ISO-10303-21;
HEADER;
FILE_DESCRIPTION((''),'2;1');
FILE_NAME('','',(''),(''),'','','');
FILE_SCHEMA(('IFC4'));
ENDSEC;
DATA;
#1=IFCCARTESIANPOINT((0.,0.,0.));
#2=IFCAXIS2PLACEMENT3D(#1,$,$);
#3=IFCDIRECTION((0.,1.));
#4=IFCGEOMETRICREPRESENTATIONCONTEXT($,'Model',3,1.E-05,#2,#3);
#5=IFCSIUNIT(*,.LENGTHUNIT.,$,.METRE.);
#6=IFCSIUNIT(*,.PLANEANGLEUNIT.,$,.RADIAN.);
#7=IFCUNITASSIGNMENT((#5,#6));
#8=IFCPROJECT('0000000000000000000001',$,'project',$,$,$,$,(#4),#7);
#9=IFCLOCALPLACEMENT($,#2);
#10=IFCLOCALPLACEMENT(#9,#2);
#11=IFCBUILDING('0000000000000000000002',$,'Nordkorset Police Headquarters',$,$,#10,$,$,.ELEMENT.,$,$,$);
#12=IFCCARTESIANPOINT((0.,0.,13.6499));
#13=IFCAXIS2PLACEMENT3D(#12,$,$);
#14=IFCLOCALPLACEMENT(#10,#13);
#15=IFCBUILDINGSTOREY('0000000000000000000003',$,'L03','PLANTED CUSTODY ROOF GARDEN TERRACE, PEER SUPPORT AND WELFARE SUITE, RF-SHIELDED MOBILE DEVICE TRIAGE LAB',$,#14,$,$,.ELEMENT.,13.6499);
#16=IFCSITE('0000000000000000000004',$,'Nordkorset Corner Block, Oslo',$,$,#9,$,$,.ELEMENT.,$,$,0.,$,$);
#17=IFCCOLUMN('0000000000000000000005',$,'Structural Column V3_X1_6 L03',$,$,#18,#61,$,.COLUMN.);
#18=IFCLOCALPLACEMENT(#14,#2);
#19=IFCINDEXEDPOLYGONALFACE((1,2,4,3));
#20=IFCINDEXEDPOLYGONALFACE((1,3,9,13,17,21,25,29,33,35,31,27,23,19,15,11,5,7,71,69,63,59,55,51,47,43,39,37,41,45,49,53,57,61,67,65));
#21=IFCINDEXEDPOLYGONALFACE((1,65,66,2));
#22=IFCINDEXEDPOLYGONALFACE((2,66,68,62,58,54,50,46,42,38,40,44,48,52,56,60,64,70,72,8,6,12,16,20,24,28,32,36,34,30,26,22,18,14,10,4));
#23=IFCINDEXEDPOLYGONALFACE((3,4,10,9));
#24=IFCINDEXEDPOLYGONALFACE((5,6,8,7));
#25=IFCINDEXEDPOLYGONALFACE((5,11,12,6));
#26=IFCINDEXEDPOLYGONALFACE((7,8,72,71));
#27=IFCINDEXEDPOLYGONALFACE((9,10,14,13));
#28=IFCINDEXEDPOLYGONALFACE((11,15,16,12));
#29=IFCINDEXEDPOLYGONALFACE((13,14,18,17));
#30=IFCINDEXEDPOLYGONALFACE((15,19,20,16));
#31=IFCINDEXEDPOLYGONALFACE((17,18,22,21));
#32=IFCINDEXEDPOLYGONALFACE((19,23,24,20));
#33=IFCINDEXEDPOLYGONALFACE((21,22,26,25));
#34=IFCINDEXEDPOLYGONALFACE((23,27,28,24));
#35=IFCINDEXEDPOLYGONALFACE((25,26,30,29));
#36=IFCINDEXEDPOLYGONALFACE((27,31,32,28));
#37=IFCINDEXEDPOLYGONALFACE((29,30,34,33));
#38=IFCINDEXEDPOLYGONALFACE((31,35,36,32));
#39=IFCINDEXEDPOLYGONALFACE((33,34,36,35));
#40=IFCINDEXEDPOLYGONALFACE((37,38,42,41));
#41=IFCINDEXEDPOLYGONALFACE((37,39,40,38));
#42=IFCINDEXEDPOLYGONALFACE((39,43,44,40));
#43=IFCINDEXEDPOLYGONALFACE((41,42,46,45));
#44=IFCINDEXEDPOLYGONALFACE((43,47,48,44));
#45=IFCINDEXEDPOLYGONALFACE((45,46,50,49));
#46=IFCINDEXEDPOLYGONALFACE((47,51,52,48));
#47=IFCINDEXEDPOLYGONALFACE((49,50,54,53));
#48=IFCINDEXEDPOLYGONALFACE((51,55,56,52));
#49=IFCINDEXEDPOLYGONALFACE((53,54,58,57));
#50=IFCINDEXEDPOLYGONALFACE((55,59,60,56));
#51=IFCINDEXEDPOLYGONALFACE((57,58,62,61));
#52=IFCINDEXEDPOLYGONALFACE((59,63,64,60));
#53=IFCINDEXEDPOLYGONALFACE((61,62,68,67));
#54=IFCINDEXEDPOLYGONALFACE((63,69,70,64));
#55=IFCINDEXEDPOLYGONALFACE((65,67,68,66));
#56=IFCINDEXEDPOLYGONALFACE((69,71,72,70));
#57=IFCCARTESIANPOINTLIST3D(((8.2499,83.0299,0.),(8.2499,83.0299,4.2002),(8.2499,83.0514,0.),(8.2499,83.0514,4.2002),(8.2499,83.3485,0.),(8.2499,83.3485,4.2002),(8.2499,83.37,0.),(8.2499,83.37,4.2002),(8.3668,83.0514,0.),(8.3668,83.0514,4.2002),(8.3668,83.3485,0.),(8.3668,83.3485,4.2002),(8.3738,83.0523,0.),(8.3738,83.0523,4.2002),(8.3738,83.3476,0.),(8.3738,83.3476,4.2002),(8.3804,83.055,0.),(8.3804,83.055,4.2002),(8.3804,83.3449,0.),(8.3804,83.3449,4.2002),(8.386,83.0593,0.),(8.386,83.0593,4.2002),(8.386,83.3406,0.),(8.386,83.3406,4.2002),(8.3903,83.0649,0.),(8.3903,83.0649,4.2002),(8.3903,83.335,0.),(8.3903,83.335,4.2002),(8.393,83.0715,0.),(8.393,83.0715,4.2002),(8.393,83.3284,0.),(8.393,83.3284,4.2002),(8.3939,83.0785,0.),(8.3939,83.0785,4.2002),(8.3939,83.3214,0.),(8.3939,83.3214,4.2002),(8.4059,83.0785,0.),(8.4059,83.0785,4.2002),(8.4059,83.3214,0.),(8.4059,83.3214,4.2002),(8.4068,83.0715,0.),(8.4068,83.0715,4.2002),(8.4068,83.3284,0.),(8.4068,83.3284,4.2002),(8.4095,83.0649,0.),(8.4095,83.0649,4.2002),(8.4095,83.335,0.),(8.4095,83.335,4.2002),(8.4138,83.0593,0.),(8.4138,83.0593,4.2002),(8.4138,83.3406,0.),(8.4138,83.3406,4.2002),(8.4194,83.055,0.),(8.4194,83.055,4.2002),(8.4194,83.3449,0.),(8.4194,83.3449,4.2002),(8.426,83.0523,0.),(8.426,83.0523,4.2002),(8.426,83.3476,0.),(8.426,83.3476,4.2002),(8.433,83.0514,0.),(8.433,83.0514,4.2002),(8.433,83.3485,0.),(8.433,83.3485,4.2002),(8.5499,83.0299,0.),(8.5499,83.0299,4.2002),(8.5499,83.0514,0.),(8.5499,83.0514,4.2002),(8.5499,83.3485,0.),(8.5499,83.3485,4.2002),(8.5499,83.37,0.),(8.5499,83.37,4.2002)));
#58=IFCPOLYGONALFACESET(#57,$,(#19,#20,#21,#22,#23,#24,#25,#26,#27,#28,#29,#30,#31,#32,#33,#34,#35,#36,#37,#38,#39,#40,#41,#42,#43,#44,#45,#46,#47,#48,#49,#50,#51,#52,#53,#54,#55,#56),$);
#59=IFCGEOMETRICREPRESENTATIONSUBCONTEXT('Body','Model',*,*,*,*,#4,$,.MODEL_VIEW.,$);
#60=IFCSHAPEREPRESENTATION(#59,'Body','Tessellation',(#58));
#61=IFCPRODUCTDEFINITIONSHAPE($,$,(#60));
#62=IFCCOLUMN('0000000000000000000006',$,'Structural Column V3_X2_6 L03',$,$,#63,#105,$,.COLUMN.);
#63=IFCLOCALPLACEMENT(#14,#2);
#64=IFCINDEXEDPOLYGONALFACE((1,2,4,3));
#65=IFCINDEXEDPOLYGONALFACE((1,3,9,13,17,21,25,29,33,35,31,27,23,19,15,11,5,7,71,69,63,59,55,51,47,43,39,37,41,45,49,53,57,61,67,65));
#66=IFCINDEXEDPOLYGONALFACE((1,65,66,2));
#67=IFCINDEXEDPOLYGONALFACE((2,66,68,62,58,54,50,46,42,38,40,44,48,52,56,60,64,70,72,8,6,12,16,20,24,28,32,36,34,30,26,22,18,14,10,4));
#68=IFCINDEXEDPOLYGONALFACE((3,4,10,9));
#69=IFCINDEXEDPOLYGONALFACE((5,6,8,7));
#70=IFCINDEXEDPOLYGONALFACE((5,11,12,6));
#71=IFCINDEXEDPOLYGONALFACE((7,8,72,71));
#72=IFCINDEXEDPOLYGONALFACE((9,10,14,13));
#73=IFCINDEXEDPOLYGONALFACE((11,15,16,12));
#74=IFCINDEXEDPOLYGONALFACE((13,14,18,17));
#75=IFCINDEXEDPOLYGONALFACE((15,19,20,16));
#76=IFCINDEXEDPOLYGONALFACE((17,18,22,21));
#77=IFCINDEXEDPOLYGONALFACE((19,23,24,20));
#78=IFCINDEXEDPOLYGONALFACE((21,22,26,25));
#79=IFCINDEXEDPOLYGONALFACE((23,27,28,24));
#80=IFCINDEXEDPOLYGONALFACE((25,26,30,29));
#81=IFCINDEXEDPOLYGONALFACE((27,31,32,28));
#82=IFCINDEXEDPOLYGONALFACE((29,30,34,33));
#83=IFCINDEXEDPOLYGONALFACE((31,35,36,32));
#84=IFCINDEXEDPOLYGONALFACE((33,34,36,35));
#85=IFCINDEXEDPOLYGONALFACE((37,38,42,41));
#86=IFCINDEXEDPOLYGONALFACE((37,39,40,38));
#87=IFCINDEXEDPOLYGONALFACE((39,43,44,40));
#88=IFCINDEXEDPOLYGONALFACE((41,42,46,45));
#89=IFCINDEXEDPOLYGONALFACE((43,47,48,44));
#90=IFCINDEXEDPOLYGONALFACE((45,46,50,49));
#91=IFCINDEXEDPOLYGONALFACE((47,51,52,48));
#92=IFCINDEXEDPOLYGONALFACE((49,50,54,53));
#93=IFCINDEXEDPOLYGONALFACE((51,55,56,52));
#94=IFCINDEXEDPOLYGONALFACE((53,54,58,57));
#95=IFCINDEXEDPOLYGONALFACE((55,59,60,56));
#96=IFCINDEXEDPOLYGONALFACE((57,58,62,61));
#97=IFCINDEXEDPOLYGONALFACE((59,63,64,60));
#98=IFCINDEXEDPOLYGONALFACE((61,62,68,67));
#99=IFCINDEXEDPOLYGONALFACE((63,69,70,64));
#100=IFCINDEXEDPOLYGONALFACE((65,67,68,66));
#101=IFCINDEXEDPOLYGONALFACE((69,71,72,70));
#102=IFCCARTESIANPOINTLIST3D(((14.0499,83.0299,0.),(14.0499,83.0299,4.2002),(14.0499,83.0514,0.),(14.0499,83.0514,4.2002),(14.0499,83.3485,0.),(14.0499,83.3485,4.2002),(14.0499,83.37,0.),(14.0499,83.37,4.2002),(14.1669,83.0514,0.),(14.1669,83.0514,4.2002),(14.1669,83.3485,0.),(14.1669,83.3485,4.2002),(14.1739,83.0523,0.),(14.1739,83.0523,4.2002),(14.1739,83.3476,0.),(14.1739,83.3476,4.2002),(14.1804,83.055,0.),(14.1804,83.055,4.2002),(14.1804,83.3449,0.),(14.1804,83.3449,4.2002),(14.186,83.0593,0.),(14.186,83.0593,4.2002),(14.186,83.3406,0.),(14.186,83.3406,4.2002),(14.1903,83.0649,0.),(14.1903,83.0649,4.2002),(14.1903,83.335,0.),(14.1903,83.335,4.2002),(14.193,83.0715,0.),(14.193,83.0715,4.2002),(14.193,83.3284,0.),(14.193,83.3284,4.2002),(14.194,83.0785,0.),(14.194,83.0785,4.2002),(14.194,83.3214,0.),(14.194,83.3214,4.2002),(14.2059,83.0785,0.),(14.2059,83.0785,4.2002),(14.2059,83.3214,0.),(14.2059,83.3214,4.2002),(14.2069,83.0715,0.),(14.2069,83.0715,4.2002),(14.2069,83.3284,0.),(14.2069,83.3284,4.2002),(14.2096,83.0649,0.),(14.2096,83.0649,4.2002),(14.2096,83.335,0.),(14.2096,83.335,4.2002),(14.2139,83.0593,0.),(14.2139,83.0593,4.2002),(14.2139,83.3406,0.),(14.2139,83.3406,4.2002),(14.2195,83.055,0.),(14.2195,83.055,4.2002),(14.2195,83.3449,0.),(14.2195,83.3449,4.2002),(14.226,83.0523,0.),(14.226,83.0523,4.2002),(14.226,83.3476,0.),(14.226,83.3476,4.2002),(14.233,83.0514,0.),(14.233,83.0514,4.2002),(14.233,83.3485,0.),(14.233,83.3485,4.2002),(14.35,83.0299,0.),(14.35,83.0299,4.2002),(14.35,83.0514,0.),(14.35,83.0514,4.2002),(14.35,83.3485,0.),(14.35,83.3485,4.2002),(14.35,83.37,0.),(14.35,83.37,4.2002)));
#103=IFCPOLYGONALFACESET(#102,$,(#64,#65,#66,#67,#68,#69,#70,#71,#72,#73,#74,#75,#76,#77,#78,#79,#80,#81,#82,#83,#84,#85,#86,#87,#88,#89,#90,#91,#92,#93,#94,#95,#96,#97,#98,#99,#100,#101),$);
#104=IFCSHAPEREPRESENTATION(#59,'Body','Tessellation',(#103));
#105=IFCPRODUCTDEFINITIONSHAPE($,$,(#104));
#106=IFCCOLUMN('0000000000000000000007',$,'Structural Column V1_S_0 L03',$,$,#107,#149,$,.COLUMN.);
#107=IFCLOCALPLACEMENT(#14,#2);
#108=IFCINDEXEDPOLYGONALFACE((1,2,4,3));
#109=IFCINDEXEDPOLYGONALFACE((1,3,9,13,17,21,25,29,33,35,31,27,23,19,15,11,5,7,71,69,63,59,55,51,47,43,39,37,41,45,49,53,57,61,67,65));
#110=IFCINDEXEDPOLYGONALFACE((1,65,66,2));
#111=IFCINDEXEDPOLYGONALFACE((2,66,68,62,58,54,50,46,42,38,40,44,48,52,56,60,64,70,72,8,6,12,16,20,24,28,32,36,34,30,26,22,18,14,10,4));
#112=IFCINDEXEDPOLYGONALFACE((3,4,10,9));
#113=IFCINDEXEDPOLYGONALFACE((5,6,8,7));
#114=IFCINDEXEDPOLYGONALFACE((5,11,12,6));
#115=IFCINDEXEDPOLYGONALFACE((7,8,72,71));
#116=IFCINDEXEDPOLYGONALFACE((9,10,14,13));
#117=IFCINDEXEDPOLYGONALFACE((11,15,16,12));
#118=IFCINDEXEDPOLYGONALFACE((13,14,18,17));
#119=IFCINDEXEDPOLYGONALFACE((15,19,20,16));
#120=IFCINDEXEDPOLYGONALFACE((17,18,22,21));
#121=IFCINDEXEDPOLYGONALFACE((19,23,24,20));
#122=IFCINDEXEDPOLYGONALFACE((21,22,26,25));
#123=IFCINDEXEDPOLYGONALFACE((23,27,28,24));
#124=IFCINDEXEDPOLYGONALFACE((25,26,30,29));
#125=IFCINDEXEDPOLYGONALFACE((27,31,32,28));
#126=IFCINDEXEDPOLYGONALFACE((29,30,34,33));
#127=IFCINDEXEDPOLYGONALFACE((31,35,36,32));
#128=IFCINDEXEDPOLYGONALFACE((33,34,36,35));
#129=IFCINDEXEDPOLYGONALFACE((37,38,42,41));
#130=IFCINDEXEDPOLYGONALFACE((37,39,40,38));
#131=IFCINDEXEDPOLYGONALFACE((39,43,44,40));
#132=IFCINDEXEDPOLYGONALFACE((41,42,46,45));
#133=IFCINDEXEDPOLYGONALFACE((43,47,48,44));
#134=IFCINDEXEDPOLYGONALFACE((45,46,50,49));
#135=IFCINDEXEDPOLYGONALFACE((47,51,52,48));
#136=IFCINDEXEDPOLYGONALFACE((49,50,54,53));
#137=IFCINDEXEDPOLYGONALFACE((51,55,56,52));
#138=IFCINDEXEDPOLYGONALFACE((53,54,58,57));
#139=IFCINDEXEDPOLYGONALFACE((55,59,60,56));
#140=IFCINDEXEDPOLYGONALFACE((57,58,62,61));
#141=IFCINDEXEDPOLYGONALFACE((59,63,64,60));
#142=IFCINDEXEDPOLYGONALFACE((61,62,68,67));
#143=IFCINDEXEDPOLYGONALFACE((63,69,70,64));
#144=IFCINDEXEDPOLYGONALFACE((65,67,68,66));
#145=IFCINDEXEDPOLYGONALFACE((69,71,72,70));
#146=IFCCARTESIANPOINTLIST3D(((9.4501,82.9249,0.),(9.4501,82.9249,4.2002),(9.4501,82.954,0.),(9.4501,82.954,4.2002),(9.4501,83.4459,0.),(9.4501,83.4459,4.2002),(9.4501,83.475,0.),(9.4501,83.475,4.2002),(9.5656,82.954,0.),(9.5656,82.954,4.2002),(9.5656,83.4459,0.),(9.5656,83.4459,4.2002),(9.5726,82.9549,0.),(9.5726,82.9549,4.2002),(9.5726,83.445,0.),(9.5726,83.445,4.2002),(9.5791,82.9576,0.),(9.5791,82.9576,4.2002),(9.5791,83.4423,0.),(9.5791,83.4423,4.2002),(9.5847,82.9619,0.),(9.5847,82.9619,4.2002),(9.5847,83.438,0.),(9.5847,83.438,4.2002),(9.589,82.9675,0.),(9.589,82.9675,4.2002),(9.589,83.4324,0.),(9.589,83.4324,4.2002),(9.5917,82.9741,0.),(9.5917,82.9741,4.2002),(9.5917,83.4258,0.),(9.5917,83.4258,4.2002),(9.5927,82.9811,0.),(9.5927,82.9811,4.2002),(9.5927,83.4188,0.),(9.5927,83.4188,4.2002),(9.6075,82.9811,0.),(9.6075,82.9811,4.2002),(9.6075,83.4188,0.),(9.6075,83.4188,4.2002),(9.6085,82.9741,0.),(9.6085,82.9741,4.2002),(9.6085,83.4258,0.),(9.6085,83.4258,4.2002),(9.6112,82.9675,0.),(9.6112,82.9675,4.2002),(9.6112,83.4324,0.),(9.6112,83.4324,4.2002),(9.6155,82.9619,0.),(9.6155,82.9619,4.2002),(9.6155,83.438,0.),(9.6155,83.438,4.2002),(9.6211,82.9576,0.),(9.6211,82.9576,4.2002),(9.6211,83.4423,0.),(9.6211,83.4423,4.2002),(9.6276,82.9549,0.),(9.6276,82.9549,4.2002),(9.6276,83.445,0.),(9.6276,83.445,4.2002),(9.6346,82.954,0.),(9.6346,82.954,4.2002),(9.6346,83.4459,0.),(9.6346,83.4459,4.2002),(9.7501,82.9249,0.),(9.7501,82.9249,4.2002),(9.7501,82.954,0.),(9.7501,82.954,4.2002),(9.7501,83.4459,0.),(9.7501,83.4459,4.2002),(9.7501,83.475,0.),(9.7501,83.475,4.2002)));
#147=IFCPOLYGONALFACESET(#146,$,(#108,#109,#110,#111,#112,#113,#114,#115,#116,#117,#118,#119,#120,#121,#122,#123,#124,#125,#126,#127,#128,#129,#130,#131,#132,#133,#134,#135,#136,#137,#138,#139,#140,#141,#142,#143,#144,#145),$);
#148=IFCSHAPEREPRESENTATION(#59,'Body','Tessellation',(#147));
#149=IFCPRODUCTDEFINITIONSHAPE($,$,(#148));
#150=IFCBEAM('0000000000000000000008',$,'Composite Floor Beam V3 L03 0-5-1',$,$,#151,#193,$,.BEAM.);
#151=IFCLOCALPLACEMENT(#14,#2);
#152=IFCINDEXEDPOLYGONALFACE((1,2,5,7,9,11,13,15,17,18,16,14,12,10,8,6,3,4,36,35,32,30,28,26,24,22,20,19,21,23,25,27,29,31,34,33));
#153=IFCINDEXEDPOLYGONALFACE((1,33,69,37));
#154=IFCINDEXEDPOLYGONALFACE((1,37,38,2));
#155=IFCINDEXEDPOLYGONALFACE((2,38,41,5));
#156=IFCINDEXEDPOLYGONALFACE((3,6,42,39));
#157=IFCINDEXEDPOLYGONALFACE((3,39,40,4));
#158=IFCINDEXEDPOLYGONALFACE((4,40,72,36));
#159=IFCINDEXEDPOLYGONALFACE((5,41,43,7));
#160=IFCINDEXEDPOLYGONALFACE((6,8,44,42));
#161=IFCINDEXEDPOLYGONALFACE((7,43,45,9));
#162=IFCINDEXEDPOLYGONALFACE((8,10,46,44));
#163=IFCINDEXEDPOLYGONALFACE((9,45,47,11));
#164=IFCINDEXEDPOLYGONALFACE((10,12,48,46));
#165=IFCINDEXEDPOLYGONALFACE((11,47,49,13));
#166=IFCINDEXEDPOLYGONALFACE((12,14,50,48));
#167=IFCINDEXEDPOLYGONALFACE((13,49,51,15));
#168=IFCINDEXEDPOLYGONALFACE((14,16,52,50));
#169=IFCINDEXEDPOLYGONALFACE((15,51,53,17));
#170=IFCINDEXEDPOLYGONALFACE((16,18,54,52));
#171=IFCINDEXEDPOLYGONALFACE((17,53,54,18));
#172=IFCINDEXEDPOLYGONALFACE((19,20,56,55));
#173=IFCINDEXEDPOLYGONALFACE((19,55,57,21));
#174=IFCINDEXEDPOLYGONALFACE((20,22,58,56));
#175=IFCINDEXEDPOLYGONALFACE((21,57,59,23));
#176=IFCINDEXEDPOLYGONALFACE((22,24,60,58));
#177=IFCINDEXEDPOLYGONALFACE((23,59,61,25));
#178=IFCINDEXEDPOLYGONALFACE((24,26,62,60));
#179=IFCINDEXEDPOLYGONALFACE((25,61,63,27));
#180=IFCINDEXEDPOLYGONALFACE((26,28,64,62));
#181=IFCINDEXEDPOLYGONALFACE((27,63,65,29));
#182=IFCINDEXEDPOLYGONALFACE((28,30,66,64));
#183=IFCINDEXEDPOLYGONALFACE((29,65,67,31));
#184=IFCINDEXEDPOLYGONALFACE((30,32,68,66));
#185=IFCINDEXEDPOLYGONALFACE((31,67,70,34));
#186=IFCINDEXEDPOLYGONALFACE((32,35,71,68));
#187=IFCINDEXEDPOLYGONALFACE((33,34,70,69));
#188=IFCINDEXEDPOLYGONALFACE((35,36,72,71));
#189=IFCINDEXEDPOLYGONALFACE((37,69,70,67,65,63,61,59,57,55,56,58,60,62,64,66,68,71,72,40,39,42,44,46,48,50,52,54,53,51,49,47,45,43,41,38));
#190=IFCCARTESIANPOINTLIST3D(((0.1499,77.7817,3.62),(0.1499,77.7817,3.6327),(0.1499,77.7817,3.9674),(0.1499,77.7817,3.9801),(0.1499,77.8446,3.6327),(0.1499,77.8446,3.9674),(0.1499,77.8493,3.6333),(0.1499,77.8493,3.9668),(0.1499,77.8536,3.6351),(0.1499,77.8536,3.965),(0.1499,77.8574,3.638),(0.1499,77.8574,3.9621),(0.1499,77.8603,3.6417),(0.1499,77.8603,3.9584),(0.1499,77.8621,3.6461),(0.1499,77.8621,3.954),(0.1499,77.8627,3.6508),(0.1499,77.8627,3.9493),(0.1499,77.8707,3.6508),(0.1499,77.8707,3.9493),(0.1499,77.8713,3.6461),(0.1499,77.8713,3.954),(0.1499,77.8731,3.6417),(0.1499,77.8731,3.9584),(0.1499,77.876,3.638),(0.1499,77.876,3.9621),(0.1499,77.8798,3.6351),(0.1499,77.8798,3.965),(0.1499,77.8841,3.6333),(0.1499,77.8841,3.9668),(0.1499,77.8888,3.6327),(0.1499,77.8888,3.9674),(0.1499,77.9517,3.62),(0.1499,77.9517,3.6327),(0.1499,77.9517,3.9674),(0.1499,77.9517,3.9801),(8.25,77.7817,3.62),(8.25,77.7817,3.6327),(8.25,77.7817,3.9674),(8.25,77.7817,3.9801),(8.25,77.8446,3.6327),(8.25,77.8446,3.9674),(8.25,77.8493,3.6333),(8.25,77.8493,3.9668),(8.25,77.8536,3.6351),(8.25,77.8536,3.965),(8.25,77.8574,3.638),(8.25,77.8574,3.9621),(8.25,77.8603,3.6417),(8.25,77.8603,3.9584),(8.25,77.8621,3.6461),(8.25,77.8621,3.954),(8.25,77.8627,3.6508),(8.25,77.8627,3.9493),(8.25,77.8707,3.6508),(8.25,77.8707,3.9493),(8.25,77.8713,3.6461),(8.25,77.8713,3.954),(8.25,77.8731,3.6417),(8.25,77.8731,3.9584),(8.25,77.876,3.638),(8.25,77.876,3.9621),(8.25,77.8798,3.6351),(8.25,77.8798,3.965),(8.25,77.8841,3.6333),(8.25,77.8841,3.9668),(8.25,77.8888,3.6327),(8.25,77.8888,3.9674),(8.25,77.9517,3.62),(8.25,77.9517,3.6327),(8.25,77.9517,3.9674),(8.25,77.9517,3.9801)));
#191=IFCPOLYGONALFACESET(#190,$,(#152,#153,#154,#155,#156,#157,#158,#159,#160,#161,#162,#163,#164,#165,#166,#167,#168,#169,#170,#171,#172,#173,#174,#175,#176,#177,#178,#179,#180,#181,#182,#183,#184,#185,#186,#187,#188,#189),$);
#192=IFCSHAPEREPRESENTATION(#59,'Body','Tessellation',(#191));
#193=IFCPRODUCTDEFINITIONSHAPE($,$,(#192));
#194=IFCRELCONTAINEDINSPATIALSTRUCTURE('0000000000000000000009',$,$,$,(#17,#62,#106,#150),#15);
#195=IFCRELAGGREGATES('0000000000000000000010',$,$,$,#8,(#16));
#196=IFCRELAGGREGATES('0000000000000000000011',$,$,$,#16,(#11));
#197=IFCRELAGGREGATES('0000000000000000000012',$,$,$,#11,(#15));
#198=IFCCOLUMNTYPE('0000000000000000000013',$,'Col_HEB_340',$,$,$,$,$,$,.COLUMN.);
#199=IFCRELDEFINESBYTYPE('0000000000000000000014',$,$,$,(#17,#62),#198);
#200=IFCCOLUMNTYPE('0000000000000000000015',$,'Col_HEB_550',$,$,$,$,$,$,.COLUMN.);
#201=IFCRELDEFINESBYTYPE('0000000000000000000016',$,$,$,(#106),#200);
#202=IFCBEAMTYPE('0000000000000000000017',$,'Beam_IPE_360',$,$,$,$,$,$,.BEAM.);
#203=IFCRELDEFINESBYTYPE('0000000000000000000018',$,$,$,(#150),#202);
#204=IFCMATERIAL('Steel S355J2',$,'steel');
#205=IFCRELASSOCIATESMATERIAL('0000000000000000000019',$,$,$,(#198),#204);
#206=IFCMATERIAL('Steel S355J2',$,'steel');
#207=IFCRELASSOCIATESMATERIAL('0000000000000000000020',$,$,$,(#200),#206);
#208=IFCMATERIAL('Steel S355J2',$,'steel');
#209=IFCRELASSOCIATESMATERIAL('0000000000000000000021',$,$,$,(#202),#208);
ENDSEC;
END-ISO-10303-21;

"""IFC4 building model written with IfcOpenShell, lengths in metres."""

from ifc_helpers import new_model, si_unit, direction, frame, origin, origin_2d, place, context, subcontext, project, spatial, i_section, extrude, material, material_profile, profile_set, type_object, element, save


model = new_model("IFC4")

# Units and contexts
model_context = context("Model", 3, precision=1e-05, world=origin(), true_north=direction((0.0, 1.0)))
body_context = subcontext(model_context, "Body", "Model", "MODEL_VIEW")
ifc_project = project(units=[si_unit("LENGTHUNIT", "METRE"), si_unit("PLANEANGLEUNIT", "RADIAN")], contexts=[model_context])

# Site, building, storey
site_placement = place(None, origin())
site = spatial("IfcSite", under=ifc_project, at=site_placement, Name="Nordkorset Corner Block, Oslo", CompositionType="ELEMENT", RefElevation=0.0)
building_placement = place(site_placement, origin())
building = spatial("IfcBuilding", under=site, at=building_placement, Name="Nordkorset Police Headquarters", CompositionType="ELEMENT")
storey_placement = place(building_placement, frame((0.0, 0.0, 13.6499)))
storey = spatial("IfcBuildingStorey", under=building, at=storey_placement, Name="L03", Description="PLANTED CUSTODY ROOF GARDEN TERRACE, PEER SUPPORT AND WELFARE SUITE, RF-SHIELDED MOBILE DEVICE TRIAGE LAB", CompositionType="ELEMENT", Elevation=13.6499)

# Columns
ifc_material_1 = material(Name="Steel S355J2", Category="steel")
ifc_material_profile_1 = material_profile(ifc_material_1, i_section(OverallWidth=0.3, OverallDepth=0.3401, WebThickness=0.012, FlangeThickness=0.0215, FilletRadius=0.0271, at=origin_2d()), Name="HEB 340")
ifc_profile_set_1 = profile_set([ifc_material_profile_1], Name="Steel S355J2")
column_type_1 = type_object("IfcColumnType", Name="Col_HEB_340", PredefinedType="COLUMN", material=ifc_profile_set_1)
for number, where, z_axis, x_axis, name in (
    (1, (8.3999, 83.2, 0.0), (0.0, 0.0, 1.0), (1.0, 0.0, 0.0), "Structural Column V3_X1_6 L03"),
    (2, (14.2, 83.2, 0.0), (0.0, 0.0, 1.0), (1.0, 0.0, 0.0), "Structural Column V3_X2_6 L03"),
):
    element("IfcColumn", number, at=place(storey_placement, frame(where, z_axis=z_axis, x_axis=x_axis)), inside=storey, type_object=column_type_1, Name=name, PredefinedType="COLUMN", context=body_context, shape_type="SweptSolid", body=[
        extrude(i_section(OverallWidth=0.3, OverallDepth=0.3401, WebThickness=0.012, FlangeThickness=0.0215, FilletRadius=0.0271, at=origin_2d()), origin(), (0.0, 0.0, 1.0), 4.2002),
    ])
ifc_material_2 = material(Name="Steel S355J2", Category="steel")
ifc_material_profile_2 = material_profile(ifc_material_2, i_section(OverallWidth=0.3, OverallDepth=0.55, WebThickness=0.0149, FlangeThickness=0.0291, FilletRadius=0.0271, at=origin_2d()), Name="HEB 550")
ifc_profile_set_2 = profile_set([ifc_material_profile_2], Name="Steel S355J2")
column_type_2 = type_object("IfcColumnType", Name="Col_HEB_550", PredefinedType="COLUMN", material=ifc_profile_set_2)
column_placement = place(storey_placement, frame((9.6001, 83.2, 0.0), z_axis=(0.0, 0.0, 1.0), x_axis=(1.0, 0.0, 0.0)))
element("IfcColumn", 3, at=column_placement, inside=storey, type_object=column_type_2, Name="Structural Column V1_S_0 L03", PredefinedType="COLUMN", context=body_context, shape_type="SweptSolid", body=[
    extrude(i_section(OverallWidth=0.3, OverallDepth=0.55, WebThickness=0.0149, FlangeThickness=0.0291, FilletRadius=0.0271, at=origin_2d()), origin(), (0.0, 0.0, 1.0), 4.2002),
])

# Beam
ifc_material_3 = material(Name="Steel S355J2", Category="steel")
ifc_material_profile_3 = material_profile(ifc_material_3, i_section(OverallWidth=0.1699, OverallDepth=0.3601, WebThickness=0.0081, FlangeThickness=0.0127, FilletRadius=0.0181, at=origin_2d()), Name="IPE 360")
ifc_profile_set_3 = profile_set([ifc_material_profile_3], Name="Steel S355J2")
beam_type_1 = type_object("IfcBeamType", Name="Beam_IPE_360", PredefinedType="BEAM", material=ifc_profile_set_3)
for number, where, z_axis, x_axis, name in (
    (4, (0.1499, 77.8667, 3.8), (1.0, 0.0, 0.0), (0.0, 1.0, 0.0), "Composite Floor Beam V3 L03 0-5-1"),
):
    element("IfcBeam", number, at=place(storey_placement, frame(where, z_axis=z_axis, x_axis=x_axis)), inside=storey, type_object=beam_type_1, Name=name, PredefinedType="BEAM", context=body_context, shape_type="SweptSolid", body=[
        extrude(i_section(OverallWidth=0.1699, OverallDepth=0.3601, WebThickness=0.0081, FlangeThickness=0.0127, FilletRadius=0.0181, at=origin_2d()), origin(), (0.0, 0.0, 1.0), 8.1001),
    ])

save(model, "model.ifc")
